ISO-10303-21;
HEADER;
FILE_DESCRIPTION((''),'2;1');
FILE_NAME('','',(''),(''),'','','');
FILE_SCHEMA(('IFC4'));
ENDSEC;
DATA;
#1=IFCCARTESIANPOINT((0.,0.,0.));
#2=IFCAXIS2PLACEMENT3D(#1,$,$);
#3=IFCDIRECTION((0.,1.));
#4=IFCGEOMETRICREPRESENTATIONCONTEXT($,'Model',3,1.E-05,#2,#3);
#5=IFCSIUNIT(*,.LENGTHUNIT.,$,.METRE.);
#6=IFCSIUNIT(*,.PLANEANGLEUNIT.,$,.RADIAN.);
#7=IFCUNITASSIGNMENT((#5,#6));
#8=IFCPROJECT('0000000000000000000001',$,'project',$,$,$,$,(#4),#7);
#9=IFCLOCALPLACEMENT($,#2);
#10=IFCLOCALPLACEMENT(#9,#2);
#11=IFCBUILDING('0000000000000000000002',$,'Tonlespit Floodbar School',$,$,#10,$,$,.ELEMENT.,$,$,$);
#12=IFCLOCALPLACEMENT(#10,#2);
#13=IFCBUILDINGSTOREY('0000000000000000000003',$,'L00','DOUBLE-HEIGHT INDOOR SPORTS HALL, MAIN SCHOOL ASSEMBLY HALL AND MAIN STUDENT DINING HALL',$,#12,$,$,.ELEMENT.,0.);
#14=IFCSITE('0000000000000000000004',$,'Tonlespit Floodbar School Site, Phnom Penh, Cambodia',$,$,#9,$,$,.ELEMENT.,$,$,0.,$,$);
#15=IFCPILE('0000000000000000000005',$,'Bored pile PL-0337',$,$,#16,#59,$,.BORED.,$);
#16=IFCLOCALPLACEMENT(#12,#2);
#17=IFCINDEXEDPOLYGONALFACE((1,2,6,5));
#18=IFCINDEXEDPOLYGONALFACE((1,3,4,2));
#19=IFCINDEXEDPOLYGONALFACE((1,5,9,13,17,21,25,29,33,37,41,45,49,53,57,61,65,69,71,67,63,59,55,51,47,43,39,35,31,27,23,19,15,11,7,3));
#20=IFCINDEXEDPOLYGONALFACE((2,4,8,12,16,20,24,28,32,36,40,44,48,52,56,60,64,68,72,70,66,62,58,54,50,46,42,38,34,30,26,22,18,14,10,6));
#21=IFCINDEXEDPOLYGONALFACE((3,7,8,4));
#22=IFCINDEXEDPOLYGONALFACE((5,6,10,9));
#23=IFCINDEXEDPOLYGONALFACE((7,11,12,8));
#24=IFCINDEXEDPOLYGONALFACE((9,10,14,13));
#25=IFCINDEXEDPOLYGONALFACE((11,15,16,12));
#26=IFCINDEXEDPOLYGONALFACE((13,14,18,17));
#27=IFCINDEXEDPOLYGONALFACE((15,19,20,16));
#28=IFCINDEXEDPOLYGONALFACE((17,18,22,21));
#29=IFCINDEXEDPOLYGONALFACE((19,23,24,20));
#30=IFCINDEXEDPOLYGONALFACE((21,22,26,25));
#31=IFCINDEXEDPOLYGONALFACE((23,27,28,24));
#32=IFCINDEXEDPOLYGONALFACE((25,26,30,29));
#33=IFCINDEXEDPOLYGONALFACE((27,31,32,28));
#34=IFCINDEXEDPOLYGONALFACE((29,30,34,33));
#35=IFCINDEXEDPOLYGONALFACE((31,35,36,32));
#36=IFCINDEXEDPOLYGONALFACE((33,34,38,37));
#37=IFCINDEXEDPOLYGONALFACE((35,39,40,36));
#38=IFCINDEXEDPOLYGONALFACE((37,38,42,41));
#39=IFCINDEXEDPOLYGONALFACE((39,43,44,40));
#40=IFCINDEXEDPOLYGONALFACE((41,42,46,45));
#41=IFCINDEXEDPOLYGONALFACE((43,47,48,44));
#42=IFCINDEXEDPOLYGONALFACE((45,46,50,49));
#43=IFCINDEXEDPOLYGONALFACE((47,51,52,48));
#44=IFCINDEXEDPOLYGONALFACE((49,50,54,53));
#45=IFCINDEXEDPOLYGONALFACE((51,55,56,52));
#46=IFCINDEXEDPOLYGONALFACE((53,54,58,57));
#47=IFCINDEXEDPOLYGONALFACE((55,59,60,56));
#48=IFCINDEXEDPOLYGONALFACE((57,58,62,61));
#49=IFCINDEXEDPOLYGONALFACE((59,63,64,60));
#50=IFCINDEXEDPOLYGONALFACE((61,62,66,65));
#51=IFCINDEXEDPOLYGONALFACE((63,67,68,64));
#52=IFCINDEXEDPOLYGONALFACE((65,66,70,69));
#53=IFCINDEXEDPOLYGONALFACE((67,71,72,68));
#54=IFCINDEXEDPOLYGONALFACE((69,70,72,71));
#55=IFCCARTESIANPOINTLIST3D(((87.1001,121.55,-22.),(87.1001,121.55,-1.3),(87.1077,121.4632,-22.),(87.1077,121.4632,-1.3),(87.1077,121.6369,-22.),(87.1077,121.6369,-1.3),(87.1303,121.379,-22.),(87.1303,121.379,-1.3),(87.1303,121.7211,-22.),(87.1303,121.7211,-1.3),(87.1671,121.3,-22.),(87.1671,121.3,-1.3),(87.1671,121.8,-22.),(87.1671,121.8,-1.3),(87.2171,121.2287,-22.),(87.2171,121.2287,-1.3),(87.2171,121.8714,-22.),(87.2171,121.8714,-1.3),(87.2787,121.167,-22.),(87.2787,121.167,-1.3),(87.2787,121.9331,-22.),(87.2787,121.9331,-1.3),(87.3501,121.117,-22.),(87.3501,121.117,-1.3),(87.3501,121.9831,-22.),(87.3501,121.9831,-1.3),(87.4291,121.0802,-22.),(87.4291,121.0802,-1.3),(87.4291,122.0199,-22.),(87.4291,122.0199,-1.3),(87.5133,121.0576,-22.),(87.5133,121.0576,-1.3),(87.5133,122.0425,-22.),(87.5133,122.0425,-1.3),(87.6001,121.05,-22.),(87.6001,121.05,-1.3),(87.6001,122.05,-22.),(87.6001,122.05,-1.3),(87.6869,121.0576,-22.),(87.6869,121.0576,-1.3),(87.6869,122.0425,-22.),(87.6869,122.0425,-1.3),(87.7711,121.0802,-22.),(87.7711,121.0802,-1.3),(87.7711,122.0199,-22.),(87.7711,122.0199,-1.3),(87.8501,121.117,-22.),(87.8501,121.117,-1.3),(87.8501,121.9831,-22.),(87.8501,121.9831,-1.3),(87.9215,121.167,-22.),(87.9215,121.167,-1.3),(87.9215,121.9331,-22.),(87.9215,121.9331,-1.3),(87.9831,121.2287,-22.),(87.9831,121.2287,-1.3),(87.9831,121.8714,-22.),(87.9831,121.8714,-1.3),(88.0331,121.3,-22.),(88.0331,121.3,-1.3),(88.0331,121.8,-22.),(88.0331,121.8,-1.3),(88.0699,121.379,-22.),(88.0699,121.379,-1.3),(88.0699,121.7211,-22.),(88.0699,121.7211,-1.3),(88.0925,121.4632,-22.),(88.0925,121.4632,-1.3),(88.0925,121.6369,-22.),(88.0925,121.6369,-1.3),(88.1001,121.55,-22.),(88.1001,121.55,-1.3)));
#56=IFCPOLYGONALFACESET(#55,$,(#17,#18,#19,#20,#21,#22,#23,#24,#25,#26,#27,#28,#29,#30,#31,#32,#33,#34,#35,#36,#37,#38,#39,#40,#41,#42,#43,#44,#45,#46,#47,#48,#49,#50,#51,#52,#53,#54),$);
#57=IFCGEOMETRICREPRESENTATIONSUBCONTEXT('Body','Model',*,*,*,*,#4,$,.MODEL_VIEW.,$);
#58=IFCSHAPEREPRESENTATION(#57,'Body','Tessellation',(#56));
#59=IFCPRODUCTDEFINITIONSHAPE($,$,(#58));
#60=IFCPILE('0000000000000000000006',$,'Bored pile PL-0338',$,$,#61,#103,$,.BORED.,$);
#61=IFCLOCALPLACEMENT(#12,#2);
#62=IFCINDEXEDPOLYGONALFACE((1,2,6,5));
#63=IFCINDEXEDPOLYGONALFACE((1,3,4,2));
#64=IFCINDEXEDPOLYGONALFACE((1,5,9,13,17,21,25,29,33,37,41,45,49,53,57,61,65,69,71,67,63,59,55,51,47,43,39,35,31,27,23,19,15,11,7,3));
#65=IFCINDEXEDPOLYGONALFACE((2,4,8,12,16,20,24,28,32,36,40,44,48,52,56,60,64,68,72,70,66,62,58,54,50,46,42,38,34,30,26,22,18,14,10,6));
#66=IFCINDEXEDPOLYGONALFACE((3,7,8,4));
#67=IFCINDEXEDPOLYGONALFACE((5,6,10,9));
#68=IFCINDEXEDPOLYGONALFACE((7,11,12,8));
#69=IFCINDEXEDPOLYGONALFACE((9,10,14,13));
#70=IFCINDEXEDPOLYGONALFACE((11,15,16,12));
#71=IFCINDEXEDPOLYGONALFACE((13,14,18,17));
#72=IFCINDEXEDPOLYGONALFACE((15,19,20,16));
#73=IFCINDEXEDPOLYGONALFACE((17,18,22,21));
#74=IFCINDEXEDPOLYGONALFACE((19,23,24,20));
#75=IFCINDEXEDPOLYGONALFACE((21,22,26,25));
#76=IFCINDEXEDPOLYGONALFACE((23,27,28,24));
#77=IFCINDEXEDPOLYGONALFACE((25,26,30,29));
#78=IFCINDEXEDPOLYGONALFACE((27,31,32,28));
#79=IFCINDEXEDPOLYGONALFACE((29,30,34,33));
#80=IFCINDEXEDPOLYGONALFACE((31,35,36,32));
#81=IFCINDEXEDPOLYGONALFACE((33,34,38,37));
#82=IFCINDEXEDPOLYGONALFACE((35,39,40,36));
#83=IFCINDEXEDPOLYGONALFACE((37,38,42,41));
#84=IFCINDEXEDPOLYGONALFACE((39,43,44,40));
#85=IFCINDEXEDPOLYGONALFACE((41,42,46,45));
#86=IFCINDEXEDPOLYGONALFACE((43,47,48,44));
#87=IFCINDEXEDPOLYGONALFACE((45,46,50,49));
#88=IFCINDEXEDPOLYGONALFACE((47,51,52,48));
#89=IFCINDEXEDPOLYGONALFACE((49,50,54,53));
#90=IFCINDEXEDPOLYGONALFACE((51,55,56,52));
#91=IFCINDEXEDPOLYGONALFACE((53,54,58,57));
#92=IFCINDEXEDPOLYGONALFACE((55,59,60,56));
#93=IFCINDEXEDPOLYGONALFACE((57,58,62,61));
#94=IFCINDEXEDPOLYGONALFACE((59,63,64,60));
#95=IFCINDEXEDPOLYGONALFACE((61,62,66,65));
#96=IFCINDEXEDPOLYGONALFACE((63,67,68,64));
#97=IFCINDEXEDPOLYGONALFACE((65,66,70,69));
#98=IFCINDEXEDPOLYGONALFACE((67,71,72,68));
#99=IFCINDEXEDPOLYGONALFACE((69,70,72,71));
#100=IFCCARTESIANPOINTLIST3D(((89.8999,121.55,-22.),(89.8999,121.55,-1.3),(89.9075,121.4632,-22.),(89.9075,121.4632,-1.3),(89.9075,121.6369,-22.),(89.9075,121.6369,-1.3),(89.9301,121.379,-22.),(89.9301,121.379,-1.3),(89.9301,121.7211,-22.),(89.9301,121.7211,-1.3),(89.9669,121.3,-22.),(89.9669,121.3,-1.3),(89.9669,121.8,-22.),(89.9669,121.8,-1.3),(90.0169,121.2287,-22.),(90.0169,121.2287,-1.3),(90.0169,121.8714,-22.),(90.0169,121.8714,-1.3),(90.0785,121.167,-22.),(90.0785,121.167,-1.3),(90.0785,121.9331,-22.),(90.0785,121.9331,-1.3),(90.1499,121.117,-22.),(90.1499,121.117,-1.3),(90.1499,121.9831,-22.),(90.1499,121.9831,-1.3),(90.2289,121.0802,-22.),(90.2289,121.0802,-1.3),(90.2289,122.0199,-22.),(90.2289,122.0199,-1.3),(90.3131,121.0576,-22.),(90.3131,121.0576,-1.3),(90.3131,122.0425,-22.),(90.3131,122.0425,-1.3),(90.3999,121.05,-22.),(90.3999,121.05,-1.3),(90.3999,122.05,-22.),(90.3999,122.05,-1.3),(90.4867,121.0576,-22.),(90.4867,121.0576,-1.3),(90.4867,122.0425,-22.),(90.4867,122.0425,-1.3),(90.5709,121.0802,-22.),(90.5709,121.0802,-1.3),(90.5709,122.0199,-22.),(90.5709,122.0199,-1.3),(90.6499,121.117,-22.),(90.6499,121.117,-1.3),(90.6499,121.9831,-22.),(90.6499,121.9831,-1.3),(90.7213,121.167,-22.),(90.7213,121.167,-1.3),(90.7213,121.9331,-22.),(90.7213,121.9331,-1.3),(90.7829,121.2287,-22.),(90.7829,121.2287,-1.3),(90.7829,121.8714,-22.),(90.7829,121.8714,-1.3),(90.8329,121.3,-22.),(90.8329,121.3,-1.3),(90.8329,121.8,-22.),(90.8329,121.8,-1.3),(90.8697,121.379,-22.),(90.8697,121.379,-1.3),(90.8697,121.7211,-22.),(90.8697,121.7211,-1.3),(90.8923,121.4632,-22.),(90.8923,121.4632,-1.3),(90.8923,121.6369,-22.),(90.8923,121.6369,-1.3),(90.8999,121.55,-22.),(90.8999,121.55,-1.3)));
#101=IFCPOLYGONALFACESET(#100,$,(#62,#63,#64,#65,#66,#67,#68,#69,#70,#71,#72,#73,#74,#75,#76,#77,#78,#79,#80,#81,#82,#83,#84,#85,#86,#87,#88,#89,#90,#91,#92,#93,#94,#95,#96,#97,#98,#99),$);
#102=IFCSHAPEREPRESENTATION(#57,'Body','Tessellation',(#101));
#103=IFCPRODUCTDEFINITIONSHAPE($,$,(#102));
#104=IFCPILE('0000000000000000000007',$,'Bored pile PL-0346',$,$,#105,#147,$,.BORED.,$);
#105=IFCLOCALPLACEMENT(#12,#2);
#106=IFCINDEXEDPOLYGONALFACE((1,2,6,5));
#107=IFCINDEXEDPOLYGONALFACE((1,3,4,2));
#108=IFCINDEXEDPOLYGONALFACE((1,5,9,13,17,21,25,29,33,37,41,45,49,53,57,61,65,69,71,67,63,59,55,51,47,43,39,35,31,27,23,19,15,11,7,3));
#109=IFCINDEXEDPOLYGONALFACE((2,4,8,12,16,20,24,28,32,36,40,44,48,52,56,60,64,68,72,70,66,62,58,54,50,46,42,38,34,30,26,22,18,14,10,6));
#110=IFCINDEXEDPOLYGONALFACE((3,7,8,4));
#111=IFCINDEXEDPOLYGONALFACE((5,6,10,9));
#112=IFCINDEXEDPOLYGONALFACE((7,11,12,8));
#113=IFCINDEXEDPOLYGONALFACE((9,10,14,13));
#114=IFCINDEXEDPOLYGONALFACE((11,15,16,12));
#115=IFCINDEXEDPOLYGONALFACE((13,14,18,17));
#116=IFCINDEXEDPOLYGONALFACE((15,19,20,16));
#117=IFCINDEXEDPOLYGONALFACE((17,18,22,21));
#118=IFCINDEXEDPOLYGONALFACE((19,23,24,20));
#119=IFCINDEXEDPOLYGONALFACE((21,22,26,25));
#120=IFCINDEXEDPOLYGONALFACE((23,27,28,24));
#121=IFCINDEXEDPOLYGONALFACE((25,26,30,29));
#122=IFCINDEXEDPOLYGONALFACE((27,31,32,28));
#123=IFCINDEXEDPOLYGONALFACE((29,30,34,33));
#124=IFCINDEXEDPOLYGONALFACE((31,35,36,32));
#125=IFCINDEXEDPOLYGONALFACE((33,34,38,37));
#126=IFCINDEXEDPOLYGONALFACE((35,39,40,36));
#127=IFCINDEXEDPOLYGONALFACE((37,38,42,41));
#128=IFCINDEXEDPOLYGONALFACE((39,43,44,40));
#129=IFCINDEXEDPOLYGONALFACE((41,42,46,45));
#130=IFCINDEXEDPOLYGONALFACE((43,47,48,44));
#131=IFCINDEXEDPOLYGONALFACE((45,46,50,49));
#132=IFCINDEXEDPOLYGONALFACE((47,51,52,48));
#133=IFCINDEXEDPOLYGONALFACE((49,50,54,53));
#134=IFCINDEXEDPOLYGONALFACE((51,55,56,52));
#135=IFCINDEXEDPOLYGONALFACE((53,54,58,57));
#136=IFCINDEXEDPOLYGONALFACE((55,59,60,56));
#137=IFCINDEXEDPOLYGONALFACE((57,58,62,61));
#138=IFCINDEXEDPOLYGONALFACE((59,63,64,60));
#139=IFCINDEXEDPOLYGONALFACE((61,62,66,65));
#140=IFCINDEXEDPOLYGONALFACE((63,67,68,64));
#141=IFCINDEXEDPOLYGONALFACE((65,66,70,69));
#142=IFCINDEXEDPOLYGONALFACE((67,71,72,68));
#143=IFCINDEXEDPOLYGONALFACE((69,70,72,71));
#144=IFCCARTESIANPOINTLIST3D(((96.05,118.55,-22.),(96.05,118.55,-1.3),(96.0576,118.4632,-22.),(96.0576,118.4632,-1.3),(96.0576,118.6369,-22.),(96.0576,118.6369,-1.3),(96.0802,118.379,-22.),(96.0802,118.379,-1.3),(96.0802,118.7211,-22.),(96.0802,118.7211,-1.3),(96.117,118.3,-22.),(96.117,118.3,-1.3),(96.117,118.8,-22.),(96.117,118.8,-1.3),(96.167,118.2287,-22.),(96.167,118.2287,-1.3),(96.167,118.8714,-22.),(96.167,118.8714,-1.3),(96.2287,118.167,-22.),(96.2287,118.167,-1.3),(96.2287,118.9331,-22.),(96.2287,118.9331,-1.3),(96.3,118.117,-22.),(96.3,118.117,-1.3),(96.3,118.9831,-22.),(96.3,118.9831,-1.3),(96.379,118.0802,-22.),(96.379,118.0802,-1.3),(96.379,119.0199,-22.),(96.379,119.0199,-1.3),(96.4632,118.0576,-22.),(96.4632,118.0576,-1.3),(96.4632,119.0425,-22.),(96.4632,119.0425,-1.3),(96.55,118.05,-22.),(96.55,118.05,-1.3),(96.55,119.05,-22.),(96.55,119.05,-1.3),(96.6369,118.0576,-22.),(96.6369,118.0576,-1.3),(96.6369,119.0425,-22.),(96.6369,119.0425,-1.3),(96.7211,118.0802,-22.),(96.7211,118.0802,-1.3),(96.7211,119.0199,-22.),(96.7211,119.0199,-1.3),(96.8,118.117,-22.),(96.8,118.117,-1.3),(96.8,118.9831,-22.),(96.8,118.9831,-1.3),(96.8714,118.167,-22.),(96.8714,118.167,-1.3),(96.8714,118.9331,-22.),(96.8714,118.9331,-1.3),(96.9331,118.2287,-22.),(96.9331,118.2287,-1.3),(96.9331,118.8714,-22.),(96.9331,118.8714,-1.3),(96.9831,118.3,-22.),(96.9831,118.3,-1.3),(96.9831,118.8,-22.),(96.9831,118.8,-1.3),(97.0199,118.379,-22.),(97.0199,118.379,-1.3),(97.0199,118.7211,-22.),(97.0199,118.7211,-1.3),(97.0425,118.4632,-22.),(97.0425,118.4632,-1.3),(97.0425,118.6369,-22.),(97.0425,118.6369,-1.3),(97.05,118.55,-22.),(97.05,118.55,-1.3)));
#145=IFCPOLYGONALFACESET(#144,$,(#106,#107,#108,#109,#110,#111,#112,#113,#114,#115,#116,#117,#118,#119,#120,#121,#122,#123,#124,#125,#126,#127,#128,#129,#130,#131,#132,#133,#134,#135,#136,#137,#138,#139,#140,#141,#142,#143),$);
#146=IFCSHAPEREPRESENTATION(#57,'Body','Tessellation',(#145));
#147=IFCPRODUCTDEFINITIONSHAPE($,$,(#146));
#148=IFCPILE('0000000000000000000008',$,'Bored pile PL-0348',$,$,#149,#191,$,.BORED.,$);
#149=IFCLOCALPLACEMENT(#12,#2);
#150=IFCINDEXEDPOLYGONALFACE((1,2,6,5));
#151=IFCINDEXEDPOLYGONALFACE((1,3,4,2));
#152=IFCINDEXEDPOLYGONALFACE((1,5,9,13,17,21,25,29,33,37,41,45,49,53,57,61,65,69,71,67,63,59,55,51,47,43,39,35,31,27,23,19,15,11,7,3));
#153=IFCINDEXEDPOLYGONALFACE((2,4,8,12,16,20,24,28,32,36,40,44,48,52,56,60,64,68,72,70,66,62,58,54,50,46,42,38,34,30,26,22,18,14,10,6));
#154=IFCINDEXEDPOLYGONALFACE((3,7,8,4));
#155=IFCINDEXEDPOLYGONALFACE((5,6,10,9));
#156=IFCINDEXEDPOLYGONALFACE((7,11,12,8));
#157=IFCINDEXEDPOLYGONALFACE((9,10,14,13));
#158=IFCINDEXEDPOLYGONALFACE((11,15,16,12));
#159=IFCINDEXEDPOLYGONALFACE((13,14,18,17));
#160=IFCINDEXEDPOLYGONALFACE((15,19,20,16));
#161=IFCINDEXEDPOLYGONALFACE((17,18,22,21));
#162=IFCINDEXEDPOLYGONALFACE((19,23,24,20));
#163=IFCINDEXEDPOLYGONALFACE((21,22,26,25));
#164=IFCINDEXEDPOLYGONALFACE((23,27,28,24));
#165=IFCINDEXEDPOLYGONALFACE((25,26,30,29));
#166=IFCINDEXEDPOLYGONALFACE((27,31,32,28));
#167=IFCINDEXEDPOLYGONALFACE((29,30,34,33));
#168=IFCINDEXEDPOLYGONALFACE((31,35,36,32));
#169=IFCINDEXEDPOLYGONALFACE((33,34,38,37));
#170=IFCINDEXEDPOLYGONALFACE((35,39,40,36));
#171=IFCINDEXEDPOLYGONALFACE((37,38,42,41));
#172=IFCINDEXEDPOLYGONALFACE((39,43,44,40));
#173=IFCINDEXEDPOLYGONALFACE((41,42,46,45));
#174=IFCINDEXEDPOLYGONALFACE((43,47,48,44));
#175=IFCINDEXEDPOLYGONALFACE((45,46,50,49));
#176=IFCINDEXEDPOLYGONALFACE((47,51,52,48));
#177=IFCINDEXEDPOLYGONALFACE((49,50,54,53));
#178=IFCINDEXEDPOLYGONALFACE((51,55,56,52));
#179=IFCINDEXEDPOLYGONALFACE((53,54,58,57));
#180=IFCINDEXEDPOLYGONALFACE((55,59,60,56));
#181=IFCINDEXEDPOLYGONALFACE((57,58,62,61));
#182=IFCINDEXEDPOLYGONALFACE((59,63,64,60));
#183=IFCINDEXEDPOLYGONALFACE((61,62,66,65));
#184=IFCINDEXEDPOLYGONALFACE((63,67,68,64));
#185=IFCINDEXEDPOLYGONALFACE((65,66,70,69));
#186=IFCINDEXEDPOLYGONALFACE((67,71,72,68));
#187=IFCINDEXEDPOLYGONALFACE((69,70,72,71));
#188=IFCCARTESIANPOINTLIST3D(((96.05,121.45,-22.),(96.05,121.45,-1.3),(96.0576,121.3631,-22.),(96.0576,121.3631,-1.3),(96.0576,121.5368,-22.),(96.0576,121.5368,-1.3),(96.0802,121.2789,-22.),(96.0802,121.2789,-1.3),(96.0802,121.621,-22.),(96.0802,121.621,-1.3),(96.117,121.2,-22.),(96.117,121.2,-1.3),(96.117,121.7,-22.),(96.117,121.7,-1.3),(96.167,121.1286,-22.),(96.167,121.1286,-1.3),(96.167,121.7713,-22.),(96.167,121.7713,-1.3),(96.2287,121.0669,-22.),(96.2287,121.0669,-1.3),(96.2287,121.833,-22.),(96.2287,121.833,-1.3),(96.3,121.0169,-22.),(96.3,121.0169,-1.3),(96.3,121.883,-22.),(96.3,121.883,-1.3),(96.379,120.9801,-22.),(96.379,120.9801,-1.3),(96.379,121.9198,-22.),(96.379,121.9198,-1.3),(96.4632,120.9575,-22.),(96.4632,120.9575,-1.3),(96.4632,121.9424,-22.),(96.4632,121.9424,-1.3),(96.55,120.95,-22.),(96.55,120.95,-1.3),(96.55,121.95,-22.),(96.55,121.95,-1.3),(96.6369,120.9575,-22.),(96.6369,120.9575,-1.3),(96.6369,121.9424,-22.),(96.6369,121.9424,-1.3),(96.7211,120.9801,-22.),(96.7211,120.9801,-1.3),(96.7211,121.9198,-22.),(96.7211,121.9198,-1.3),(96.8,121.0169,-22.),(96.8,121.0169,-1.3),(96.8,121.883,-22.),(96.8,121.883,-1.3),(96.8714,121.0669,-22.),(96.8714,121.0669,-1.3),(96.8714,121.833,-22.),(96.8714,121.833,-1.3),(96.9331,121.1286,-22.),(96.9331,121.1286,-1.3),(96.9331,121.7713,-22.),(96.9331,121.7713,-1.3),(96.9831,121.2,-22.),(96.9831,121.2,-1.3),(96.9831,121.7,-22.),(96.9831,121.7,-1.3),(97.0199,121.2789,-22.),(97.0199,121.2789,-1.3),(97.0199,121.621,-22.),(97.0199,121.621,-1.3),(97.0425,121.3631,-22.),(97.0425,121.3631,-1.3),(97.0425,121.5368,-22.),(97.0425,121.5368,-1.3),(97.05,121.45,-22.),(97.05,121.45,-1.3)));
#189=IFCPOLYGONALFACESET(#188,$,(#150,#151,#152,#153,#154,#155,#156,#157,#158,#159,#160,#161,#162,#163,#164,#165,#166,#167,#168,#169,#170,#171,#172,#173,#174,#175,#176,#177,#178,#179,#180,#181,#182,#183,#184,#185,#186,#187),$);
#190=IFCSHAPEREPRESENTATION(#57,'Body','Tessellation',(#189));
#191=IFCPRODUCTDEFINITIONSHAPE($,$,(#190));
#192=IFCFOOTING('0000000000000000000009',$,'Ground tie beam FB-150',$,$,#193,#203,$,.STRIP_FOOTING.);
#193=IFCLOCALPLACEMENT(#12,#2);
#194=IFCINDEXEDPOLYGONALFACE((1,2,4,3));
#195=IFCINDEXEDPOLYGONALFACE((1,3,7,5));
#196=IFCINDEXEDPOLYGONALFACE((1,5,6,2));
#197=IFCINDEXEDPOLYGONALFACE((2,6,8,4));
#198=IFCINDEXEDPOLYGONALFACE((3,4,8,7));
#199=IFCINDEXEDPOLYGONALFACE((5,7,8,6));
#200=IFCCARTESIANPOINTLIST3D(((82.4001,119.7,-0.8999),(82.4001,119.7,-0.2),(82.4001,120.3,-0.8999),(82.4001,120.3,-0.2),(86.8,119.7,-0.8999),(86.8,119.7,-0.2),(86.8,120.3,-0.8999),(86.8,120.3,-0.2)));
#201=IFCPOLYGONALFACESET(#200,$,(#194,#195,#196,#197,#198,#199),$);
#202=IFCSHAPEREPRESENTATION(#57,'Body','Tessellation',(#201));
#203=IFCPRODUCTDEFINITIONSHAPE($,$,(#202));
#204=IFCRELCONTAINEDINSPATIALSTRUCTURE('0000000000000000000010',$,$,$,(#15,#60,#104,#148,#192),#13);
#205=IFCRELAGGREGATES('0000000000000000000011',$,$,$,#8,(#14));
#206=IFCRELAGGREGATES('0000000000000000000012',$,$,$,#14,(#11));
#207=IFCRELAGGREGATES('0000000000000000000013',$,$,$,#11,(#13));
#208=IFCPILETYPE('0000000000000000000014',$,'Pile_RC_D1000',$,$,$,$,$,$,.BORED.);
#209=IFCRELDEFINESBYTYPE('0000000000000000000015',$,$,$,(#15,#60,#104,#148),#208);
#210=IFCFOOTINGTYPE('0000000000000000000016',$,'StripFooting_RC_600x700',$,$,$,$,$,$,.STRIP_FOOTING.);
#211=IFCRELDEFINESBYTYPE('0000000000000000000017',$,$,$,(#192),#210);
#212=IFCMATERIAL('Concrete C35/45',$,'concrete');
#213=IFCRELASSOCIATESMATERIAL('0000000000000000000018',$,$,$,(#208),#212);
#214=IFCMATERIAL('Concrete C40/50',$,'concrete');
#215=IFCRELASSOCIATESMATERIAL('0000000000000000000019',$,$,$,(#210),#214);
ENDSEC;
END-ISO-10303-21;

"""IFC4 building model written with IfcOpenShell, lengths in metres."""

from ifc_helpers import new_model, si_unit, direction, frame, origin, origin_2d, place, context, subcontext, project, spatial, rectangle, circle, extrude, material, material_profile, profile_set, type_object, element, save


model = new_model("IFC4")

# Units and contexts
model_context = context("Model", 3, precision=1e-05, world=origin(), true_north=direction((0.0, 1.0)))
body_context = subcontext(model_context, "Body", "Model", "MODEL_VIEW")
ifc_project = project(units=[si_unit("LENGTHUNIT", "METRE"), si_unit("PLANEANGLEUNIT", "RADIAN")], contexts=[model_context])

# Site, building, storey
site_placement = place(None, origin())
site = spatial("IfcSite", under=ifc_project, at=site_placement, Name="Tonlespit Floodbar School Site, Phnom Penh, Cambodia", CompositionType="ELEMENT", RefElevation=0.0)
building_placement = place(site_placement, origin())
building = spatial("IfcBuilding", under=site, at=building_placement, Name="Tonlespit Floodbar School", CompositionType="ELEMENT")
storey_placement = place(building_placement, origin())
storey = spatial("IfcBuildingStorey", under=building, at=storey_placement, Name="L00", Description="DOUBLE-HEIGHT INDOOR SPORTS HALL, MAIN SCHOOL ASSEMBLY HALL AND MAIN STUDENT DINING HALL", CompositionType="ELEMENT", Elevation=0.0)

# Shared definitions
ifc_material_1 = material(Name="Concrete C40/50", Category="concrete")

# Piles
ifc_material_2 = material(Name="Concrete C35/45", Category="concrete")
ifc_material_profile_1 = material_profile(ifc_material_2, circle(Radius=0.5, at=origin_2d()), Name="BP D1000")
ifc_profile_set_1 = profile_set([ifc_material_profile_1], Name="Concrete C35/45")
pile_type = type_object("IfcPileType", Name="Pile_RC_D1000", PredefinedType="BORED", material=ifc_profile_set_1)
for number, where, z_axis, x_axis, name in (
    (1, (87.6001, 121.55, -1.3), (0.0, 0.0, -1.0), (1.0, 0.0, 0.0), "Bored pile PL-0337"),
    (2, (90.3999, 121.55, -1.3), (0.0, 0.0, -1.0), (1.0, 0.0, 0.0), "Bored pile PL-0338"),
    (3, (96.55, 118.55, -1.3), (0.0, 0.0, -1.0), (1.0, 0.0, 0.0), "Bored pile PL-0346"),
    (4, (96.55, 121.45, -1.3), (0.0, 0.0, -1.0), (1.0, 0.0, 0.0), "Bored pile PL-0348"),
):
    element("IfcPile", number, at=place(storey_placement, frame(where, z_axis=z_axis, x_axis=x_axis)), inside=storey, type_object=pile_type, Name=name, PredefinedType="BORED", context=body_context, shape_type="SweptSolid", body=[
        extrude(circle(Radius=0.5, at=origin_2d()), origin(), (0.0, 0.0, 1.0), 20.7),
    ])

# Footing
footing_type_1 = type_object("IfcFootingType", Name="StripFooting_RC_600x700", PredefinedType="STRIP_FOOTING", material=ifc_material_1)
footing_1_placement = place(storey_placement, frame((84.6001, 120.0, -0.8999), z_axis=(0.0, 0.0, 1.0), x_axis=(1.0, 0.0, 0.0)))
element("IfcFooting", 5, at=footing_1_placement, inside=storey, type_object=footing_type_1, Name="Ground tie beam FB-150", PredefinedType="STRIP_FOOTING", context=body_context, shape_type="SweptSolid", body=[
    extrude(rectangle(XDim=4.3999, YDim=0.6001, at=origin_2d()), origin(), (0.0, 0.0, 1.0), 0.7),
])

save(model, "model.ifc")
